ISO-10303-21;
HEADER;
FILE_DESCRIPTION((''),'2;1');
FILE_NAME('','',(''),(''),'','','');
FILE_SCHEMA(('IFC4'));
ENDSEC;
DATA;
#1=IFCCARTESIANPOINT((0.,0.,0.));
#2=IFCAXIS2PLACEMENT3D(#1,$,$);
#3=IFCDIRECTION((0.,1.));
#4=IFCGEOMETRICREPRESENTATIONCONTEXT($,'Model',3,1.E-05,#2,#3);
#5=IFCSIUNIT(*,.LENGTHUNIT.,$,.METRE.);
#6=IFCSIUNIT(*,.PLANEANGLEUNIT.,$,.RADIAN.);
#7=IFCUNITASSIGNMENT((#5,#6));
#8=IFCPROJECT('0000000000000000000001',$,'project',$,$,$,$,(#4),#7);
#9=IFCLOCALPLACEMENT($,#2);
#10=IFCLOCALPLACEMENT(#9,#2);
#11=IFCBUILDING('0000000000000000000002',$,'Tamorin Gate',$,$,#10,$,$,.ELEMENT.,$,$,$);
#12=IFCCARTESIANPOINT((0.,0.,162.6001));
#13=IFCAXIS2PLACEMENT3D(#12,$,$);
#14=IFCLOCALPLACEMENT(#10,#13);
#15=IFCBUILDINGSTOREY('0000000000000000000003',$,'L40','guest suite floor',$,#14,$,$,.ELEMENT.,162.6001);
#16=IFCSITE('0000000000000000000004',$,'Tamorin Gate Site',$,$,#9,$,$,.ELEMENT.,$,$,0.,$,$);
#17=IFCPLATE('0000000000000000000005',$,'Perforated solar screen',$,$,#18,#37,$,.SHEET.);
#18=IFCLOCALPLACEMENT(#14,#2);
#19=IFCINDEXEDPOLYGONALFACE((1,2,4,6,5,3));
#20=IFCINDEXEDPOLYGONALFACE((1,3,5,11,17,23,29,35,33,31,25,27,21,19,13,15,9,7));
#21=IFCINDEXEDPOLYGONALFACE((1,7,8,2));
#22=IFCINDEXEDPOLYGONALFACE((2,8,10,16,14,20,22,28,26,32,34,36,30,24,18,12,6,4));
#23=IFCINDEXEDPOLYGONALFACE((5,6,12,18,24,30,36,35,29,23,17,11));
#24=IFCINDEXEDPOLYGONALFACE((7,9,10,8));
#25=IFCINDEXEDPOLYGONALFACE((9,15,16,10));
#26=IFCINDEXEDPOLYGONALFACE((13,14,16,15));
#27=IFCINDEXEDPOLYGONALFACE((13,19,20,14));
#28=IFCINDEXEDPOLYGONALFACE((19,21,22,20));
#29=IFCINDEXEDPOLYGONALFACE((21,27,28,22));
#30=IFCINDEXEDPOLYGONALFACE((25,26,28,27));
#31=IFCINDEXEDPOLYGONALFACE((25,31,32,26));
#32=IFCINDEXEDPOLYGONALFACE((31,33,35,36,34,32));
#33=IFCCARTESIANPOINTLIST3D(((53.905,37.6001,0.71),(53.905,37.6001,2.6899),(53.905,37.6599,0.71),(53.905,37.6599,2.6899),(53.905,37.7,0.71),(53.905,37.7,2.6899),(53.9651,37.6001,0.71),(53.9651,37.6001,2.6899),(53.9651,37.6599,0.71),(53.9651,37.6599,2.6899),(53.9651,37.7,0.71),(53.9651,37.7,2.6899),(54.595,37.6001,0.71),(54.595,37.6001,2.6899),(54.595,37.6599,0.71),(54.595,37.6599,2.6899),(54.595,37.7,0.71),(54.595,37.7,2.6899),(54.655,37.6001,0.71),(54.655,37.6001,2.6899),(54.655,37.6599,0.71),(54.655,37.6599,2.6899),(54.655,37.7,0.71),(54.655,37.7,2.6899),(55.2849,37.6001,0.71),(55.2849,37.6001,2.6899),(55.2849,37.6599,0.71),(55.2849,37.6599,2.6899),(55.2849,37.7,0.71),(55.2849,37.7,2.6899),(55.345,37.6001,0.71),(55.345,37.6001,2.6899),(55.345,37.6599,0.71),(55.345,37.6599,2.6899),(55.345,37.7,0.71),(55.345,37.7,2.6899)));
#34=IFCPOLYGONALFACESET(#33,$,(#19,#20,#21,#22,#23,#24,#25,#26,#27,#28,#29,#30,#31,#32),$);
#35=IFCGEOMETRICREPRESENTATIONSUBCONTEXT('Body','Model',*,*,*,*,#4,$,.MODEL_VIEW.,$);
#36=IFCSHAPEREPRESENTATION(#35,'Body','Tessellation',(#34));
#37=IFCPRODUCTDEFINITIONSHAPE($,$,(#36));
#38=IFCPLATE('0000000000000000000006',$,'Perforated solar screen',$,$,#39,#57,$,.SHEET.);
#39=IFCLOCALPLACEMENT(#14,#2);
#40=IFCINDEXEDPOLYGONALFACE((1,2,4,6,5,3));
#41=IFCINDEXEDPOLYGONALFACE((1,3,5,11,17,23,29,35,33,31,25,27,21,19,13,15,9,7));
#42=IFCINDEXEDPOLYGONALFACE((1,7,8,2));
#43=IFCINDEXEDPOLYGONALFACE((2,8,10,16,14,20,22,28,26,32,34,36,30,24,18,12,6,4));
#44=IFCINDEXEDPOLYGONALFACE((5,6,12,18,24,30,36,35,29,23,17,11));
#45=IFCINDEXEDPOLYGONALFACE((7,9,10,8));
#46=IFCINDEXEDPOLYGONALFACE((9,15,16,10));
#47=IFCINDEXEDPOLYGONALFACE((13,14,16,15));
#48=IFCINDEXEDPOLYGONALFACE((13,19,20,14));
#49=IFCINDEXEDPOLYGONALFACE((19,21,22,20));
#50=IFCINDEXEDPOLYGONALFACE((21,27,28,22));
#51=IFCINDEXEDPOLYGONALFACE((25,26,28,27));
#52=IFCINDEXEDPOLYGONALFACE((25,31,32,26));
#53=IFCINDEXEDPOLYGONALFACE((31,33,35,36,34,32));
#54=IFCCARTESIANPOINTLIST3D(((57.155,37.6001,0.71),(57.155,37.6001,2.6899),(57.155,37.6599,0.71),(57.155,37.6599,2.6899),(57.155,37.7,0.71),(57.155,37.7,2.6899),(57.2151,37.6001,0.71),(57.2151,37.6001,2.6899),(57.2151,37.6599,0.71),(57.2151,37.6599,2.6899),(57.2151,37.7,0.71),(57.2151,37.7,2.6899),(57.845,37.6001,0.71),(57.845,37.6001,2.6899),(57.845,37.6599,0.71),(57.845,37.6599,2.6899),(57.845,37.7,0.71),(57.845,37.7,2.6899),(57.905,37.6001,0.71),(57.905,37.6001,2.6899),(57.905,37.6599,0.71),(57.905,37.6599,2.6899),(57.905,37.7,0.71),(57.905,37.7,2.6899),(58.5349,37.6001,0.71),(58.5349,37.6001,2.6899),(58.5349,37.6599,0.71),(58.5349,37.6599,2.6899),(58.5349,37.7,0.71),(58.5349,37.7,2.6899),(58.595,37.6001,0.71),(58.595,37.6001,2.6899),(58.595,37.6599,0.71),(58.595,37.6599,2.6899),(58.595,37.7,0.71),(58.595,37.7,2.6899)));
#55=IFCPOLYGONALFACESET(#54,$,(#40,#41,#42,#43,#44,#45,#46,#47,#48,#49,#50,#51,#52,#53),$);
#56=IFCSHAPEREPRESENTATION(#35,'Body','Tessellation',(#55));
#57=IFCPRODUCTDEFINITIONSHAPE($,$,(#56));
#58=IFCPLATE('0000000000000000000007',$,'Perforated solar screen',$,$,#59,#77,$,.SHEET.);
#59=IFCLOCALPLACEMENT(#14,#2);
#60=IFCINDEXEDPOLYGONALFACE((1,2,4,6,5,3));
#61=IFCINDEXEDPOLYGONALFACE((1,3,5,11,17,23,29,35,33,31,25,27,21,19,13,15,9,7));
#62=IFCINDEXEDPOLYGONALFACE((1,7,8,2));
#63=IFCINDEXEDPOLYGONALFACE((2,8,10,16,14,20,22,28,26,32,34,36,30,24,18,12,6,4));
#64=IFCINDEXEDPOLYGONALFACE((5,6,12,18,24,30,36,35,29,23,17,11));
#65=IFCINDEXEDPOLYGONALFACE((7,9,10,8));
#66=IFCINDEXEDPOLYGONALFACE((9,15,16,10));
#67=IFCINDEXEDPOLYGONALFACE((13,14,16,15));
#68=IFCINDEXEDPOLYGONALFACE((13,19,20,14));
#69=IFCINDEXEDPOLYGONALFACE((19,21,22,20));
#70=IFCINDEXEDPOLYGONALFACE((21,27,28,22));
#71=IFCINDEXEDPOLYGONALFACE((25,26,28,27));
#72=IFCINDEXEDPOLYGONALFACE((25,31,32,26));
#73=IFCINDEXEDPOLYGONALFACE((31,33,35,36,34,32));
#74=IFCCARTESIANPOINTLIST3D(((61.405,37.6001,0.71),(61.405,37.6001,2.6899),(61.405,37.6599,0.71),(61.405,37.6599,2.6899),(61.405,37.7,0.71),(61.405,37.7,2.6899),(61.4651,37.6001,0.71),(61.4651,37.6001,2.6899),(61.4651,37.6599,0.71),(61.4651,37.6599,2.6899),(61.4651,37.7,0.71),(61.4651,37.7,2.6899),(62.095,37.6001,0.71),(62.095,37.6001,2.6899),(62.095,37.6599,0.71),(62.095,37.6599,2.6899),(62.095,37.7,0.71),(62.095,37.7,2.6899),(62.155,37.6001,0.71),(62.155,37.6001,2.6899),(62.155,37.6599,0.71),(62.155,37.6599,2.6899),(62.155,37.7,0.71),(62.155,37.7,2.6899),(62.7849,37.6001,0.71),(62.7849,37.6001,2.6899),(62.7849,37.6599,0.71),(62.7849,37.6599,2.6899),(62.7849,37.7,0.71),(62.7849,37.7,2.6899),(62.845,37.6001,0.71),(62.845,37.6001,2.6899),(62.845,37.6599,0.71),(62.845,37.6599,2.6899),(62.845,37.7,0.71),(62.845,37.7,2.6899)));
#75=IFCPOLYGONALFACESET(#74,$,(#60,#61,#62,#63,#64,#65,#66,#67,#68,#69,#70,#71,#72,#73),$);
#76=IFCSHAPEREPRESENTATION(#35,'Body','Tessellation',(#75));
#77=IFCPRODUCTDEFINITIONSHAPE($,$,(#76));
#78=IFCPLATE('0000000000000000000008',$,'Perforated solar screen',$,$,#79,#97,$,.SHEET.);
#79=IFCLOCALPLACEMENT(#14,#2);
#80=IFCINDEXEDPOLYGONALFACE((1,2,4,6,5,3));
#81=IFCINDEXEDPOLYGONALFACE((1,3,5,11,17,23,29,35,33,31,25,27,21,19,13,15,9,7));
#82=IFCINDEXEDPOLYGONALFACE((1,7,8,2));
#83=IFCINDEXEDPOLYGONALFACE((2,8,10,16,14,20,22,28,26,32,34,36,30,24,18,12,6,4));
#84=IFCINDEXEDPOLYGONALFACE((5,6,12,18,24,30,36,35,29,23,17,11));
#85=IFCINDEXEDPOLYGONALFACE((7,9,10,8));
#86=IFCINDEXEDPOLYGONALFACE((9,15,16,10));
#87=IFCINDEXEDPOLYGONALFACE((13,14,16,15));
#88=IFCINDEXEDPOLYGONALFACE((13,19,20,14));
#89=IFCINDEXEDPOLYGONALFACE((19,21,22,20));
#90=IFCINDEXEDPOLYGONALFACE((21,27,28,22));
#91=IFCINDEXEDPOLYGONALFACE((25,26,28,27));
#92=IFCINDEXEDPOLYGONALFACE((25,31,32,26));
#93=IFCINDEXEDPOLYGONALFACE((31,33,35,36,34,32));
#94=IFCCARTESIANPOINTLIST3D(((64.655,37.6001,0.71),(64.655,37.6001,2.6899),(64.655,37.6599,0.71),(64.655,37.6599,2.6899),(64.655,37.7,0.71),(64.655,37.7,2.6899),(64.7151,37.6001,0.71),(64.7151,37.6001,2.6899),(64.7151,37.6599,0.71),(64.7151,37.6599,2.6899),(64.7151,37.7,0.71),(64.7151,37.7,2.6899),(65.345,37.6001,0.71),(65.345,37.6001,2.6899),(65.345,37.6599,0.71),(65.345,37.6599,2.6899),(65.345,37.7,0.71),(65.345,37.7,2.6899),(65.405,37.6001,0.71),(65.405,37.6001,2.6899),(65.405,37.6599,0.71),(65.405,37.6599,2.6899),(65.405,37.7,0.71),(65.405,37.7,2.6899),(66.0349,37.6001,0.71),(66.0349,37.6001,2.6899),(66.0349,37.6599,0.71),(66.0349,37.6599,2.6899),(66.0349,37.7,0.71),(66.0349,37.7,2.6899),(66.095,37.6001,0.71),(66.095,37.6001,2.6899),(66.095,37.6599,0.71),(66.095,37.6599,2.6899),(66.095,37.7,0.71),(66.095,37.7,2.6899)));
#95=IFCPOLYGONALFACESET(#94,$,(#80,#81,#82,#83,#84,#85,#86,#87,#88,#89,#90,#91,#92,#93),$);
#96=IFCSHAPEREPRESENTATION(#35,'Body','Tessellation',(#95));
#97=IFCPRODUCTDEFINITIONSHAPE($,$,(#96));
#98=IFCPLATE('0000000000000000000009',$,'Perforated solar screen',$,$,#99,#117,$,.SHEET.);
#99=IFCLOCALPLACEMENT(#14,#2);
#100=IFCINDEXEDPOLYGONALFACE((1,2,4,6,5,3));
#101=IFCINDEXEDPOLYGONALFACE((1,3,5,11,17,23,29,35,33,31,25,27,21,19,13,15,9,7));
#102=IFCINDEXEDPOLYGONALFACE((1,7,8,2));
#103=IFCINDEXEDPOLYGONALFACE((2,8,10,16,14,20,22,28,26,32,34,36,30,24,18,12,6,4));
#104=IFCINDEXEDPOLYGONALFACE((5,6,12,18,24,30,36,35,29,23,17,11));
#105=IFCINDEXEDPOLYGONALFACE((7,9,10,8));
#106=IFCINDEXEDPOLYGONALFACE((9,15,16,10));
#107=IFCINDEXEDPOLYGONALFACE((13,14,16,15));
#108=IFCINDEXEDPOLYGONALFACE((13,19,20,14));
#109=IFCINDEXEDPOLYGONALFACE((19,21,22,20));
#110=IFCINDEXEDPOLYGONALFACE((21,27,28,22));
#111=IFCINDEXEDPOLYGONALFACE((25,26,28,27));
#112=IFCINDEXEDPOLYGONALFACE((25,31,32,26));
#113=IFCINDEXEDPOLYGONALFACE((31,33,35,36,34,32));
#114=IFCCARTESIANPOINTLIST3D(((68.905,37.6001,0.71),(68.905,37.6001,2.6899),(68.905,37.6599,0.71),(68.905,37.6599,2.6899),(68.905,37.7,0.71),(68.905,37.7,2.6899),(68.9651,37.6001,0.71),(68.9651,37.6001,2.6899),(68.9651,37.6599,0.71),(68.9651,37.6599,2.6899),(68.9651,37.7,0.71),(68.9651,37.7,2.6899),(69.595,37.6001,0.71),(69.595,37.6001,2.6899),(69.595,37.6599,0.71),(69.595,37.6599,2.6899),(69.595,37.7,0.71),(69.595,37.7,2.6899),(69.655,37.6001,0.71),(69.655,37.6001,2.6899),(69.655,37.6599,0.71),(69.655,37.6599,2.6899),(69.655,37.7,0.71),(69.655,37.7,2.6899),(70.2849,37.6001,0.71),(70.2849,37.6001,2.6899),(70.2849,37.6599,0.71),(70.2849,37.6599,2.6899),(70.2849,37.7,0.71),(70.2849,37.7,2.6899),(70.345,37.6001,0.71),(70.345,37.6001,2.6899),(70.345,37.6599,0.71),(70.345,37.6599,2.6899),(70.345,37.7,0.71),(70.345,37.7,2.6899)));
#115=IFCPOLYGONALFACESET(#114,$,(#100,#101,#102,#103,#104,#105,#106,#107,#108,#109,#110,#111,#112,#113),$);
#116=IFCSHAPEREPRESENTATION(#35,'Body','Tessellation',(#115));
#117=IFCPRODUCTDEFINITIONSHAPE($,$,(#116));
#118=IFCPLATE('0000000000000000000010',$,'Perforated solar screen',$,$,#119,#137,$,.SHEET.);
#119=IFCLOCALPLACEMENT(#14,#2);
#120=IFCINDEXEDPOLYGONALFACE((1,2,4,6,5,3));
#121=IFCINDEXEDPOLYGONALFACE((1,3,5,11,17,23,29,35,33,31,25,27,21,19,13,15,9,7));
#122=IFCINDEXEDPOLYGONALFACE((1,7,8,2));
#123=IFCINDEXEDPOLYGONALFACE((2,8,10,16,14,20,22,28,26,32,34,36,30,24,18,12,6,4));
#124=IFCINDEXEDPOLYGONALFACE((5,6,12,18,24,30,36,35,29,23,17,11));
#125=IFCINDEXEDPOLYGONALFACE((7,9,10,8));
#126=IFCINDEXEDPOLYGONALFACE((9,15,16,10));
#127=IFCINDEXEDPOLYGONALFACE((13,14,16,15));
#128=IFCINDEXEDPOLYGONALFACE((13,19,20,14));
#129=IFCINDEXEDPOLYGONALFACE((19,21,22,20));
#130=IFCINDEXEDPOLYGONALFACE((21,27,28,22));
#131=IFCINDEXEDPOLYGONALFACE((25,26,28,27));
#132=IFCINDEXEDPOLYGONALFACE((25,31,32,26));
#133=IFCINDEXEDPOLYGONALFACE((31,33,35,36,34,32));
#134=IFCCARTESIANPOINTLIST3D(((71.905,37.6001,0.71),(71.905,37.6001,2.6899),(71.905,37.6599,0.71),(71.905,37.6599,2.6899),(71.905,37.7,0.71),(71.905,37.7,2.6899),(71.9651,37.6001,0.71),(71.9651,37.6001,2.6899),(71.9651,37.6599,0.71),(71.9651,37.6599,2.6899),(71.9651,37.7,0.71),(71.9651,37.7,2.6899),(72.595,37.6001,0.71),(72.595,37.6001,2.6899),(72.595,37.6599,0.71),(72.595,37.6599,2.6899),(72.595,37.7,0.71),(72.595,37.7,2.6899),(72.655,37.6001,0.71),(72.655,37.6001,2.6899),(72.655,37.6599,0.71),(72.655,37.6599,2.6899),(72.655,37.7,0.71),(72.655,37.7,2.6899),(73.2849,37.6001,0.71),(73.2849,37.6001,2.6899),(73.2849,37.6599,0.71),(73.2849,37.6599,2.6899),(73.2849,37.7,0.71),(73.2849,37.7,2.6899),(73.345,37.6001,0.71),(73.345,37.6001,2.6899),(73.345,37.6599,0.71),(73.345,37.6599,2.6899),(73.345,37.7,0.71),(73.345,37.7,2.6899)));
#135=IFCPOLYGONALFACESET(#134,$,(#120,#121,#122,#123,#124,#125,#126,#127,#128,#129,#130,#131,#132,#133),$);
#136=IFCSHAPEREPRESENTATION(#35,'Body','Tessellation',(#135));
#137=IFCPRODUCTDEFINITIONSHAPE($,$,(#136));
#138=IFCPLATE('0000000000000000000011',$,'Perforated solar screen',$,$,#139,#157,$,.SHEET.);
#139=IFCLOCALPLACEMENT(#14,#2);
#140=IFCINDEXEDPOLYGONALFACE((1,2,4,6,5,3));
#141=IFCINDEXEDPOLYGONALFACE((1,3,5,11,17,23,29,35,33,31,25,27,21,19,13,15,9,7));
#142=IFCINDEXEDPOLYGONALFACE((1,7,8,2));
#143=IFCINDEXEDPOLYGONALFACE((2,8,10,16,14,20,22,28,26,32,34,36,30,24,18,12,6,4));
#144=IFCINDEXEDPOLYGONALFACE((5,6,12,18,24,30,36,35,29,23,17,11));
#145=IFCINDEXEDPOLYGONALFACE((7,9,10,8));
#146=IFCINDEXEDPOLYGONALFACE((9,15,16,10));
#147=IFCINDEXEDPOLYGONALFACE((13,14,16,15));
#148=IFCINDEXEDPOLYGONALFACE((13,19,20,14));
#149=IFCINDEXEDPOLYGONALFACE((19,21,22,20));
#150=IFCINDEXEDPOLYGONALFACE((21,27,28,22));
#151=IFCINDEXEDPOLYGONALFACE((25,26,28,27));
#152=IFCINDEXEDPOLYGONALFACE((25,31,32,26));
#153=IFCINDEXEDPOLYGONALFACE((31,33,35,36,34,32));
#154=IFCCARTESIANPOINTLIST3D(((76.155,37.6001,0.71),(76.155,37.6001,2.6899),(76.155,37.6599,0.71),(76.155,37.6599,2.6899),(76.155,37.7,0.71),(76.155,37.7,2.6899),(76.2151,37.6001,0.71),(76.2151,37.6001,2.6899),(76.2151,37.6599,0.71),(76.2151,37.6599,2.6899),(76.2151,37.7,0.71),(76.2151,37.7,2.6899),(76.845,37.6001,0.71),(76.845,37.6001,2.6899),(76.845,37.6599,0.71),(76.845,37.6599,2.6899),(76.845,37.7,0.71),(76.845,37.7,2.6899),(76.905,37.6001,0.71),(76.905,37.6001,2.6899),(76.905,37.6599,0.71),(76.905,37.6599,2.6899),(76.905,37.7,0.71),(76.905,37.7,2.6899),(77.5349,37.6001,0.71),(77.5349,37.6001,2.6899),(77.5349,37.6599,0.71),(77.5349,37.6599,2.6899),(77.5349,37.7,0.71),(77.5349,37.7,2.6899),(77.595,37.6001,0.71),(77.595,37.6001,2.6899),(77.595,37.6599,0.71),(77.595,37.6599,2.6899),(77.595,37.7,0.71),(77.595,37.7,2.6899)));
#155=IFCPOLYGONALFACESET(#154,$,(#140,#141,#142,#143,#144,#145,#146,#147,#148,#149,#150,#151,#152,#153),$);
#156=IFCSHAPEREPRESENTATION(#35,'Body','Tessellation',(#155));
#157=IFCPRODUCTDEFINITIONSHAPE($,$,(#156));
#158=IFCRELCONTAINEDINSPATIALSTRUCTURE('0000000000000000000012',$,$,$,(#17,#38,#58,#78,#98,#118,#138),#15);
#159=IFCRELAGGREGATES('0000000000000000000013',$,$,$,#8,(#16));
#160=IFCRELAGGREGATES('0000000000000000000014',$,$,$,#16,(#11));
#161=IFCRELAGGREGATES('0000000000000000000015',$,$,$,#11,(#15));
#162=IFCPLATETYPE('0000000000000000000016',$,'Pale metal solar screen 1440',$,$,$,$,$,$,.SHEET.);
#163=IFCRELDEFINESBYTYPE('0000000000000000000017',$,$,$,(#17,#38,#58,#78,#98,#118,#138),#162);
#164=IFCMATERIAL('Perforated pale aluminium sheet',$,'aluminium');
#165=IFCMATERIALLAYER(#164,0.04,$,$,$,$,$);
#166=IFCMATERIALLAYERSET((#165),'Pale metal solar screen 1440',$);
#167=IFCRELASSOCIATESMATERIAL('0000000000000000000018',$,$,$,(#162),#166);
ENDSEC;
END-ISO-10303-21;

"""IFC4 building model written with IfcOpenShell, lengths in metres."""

from ifc_helpers import new_model, si_unit, direction, frame, origin, place, context, subcontext, project, spatial, polyline, outline, extrude, material, layer, layer_set, type_object, element, save


model = new_model("IFC4")

# Units and contexts
model_context = context("Model", 3, precision=1e-05, world=origin(), true_north=direction((0.0, 1.0)))
body_context = subcontext(model_context, "Body", "Model", "MODEL_VIEW")
ifc_project = project(units=[si_unit("LENGTHUNIT", "METRE"), si_unit("PLANEANGLEUNIT", "RADIAN")], contexts=[model_context])

# Site, building, storey
site_placement = place(None, origin())
site = spatial("IfcSite", under=ifc_project, at=site_placement, Name="Tamorin Gate Site", CompositionType="ELEMENT", RefElevation=0.0)
building_placement = place(site_placement, origin())
building = spatial("IfcBuilding", under=site, at=building_placement, Name="Tamorin Gate", CompositionType="ELEMENT")
storey_placement = place(building_placement, frame((0.0, 0.0, 162.6001)))
storey = spatial("IfcBuildingStorey", under=building, at=storey_placement, Name="L40", Description="guest suite floor", CompositionType="ELEMENT", Elevation=162.6001)

# Plates
ifc_material_1 = material(Name="Perforated pale aluminium sheet", Category="aluminium")
ifc_layer_1 = layer(ifc_material_1, 0.04)
ifc_layer_set_1 = layer_set([ifc_layer_1], Name="Pale metal solar screen 1440")
plate_type_1 = type_object("IfcPlateType", Name="Pale metal solar screen 1440", PredefinedType="SHEET", material=ifc_layer_set_1)
plate_1_placement = place(storey_placement, frame((0.0, 0.0, 0.71)))
element("IfcPlate", 1, at=plate_1_placement, inside=storey, type_object=plate_type_1, Name="Perforated solar screen", PredefinedType="SHEET", context=body_context, shape_type="SweptSolid", body=[
    extrude(outline(polyline([(53.905, 37.6599), (53.905, 37.7), (53.9651, 37.7), (54.595, 37.7), (54.655, 37.7), (55.2849, 37.7), (55.345, 37.7), (55.345, 37.6599), (55.345, 37.6001), (55.2849, 37.6001), (55.2849, 37.6599), (54.655, 37.6599), (54.655, 37.6001), (54.595, 37.6001), (54.595, 37.6599), (53.9651, 37.6599), (53.9651, 37.6001), (53.905, 37.6001), (53.905, 37.6599)])), origin(), (0.0, 0.0, 1.0), 1.98),
])
plate_2_placement = place(storey_placement, frame((0.0, 0.0, 0.71)))
element("IfcPlate", 2, at=plate_2_placement, inside=storey, type_object=plate_type_1, Name="Perforated solar screen", PredefinedType="SHEET", context=body_context, shape_type="SweptSolid", body=[
    extrude(outline(polyline([(57.155, 37.6599), (57.155, 37.7), (57.2151, 37.7), (57.845, 37.7), (57.905, 37.7), (58.5349, 37.7), (58.595, 37.7), (58.595, 37.6599), (58.595, 37.6001), (58.5349, 37.6001), (58.5349, 37.6599), (57.905, 37.6599), (57.905, 37.6001), (57.845, 37.6001), (57.845, 37.6599), (57.2151, 37.6599), (57.2151, 37.6001), (57.155, 37.6001), (57.155, 37.6599)])), origin(), (0.0, 0.0, 1.0), 1.98),
])
plate_3_placement = place(storey_placement, frame((0.0, 0.0, 0.71)))
element("IfcPlate", 3, at=plate_3_placement, inside=storey, type_object=plate_type_1, Name="Perforated solar screen", PredefinedType="SHEET", context=body_context, shape_type="SweptSolid", body=[
    extrude(outline(polyline([(61.405, 37.6599), (61.405, 37.7), (61.4651, 37.7), (62.095, 37.7), (62.155, 37.7), (62.7849, 37.7), (62.845, 37.7), (62.845, 37.6599), (62.845, 37.6001), (62.7849, 37.6001), (62.7849, 37.6599), (62.155, 37.6599), (62.155, 37.6001), (62.095, 37.6001), (62.095, 37.6599), (61.4651, 37.6599), (61.4651, 37.6001), (61.405, 37.6001), (61.405, 37.6599)])), origin(), (0.0, 0.0, 1.0), 1.98),
])
plate_4_placement = place(storey_placement, frame((0.0, 0.0, 0.71)))
element("IfcPlate", 4, at=plate_4_placement, inside=storey, type_object=plate_type_1, Name="Perforated solar screen", PredefinedType="SHEET", context=body_context, shape_type="SweptSolid", body=[
    extrude(outline(polyline([(64.655, 37.6599), (64.655, 37.7), (64.7151, 37.7), (65.345, 37.7), (65.405, 37.7), (66.0349, 37.7), (66.095, 37.7), (66.095, 37.6599), (66.095, 37.6001), (66.0349, 37.6001), (66.0349, 37.6599), (65.405, 37.6599), (65.405, 37.6001), (65.345, 37.6001), (65.345, 37.6599), (64.7151, 37.6599), (64.7151, 37.6001), (64.655, 37.6001), (64.655, 37.6599)])), origin(), (0.0, 0.0, 1.0), 1.98),
])
plate_5_placement = place(storey_placement, frame((0.0, 0.0, 0.71)))
element("IfcPlate", 5, at=plate_5_placement, inside=storey, type_object=plate_type_1, Name="Perforated solar screen", PredefinedType="SHEET", context=body_context, shape_type="SweptSolid", body=[
    extrude(outline(polyline([(68.905, 37.6599), (68.905, 37.7), (68.9651, 37.7), (69.595, 37.7), (69.655, 37.7), (70.2849, 37.7), (70.345, 37.7), (70.345, 37.6599), (70.345, 37.6001), (70.2849, 37.6001), (70.2849, 37.6599), (69.655, 37.6599), (69.655, 37.6001), (69.595, 37.6001), (69.595, 37.6599), (68.9651, 37.6599), (68.9651, 37.6001), (68.905, 37.6001), (68.905, 37.6599)])), origin(), (0.0, 0.0, 1.0), 1.98),
])
plate_6_placement = place(storey_placement, frame((0.0, 0.0, 0.71)))
element("IfcPlate", 6, at=plate_6_placement, inside=storey, type_object=plate_type_1, Name="Perforated solar screen", PredefinedType="SHEET", context=body_context, shape_type="SweptSolid", body=[
    extrude(outline(polyline([(71.905, 37.6599), (71.905, 37.7), (71.9651, 37.7), (72.595, 37.7), (72.655, 37.7), (73.2849, 37.7), (73.345, 37.7), (73.345, 37.6599), (73.345, 37.6001), (73.2849, 37.6001), (73.2849, 37.6599), (72.655, 37.6599), (72.655, 37.6001), (72.595, 37.6001), (72.595, 37.6599), (71.9651, 37.6599), (71.9651, 37.6001), (71.905, 37.6001), (71.905, 37.6599)])), origin(), (0.0, 0.0, 1.0), 1.98),
])
plate_7_placement = place(storey_placement, frame((0.0, 0.0, 0.71)))
element("IfcPlate", 7, at=plate_7_placement, inside=storey, type_object=plate_type_1, Name="Perforated solar screen", PredefinedType="SHEET", context=body_context, shape_type="SweptSolid", body=[
    extrude(outline(polyline([(76.155, 37.6599), (76.155, 37.7), (76.2151, 37.7), (76.845, 37.7), (76.905, 37.7), (77.5349, 37.7), (77.595, 37.7), (77.595, 37.6599), (77.595, 37.6001), (77.5349, 37.6001), (77.5349, 37.6599), (76.905, 37.6599), (76.905, 37.6001), (76.845, 37.6001), (76.845, 37.6599), (76.2151, 37.6599), (76.2151, 37.6001), (76.155, 37.6001), (76.155, 37.6599)])), origin(), (0.0, 0.0, 1.0), 1.98),
])

save(model, "model.ifc")
